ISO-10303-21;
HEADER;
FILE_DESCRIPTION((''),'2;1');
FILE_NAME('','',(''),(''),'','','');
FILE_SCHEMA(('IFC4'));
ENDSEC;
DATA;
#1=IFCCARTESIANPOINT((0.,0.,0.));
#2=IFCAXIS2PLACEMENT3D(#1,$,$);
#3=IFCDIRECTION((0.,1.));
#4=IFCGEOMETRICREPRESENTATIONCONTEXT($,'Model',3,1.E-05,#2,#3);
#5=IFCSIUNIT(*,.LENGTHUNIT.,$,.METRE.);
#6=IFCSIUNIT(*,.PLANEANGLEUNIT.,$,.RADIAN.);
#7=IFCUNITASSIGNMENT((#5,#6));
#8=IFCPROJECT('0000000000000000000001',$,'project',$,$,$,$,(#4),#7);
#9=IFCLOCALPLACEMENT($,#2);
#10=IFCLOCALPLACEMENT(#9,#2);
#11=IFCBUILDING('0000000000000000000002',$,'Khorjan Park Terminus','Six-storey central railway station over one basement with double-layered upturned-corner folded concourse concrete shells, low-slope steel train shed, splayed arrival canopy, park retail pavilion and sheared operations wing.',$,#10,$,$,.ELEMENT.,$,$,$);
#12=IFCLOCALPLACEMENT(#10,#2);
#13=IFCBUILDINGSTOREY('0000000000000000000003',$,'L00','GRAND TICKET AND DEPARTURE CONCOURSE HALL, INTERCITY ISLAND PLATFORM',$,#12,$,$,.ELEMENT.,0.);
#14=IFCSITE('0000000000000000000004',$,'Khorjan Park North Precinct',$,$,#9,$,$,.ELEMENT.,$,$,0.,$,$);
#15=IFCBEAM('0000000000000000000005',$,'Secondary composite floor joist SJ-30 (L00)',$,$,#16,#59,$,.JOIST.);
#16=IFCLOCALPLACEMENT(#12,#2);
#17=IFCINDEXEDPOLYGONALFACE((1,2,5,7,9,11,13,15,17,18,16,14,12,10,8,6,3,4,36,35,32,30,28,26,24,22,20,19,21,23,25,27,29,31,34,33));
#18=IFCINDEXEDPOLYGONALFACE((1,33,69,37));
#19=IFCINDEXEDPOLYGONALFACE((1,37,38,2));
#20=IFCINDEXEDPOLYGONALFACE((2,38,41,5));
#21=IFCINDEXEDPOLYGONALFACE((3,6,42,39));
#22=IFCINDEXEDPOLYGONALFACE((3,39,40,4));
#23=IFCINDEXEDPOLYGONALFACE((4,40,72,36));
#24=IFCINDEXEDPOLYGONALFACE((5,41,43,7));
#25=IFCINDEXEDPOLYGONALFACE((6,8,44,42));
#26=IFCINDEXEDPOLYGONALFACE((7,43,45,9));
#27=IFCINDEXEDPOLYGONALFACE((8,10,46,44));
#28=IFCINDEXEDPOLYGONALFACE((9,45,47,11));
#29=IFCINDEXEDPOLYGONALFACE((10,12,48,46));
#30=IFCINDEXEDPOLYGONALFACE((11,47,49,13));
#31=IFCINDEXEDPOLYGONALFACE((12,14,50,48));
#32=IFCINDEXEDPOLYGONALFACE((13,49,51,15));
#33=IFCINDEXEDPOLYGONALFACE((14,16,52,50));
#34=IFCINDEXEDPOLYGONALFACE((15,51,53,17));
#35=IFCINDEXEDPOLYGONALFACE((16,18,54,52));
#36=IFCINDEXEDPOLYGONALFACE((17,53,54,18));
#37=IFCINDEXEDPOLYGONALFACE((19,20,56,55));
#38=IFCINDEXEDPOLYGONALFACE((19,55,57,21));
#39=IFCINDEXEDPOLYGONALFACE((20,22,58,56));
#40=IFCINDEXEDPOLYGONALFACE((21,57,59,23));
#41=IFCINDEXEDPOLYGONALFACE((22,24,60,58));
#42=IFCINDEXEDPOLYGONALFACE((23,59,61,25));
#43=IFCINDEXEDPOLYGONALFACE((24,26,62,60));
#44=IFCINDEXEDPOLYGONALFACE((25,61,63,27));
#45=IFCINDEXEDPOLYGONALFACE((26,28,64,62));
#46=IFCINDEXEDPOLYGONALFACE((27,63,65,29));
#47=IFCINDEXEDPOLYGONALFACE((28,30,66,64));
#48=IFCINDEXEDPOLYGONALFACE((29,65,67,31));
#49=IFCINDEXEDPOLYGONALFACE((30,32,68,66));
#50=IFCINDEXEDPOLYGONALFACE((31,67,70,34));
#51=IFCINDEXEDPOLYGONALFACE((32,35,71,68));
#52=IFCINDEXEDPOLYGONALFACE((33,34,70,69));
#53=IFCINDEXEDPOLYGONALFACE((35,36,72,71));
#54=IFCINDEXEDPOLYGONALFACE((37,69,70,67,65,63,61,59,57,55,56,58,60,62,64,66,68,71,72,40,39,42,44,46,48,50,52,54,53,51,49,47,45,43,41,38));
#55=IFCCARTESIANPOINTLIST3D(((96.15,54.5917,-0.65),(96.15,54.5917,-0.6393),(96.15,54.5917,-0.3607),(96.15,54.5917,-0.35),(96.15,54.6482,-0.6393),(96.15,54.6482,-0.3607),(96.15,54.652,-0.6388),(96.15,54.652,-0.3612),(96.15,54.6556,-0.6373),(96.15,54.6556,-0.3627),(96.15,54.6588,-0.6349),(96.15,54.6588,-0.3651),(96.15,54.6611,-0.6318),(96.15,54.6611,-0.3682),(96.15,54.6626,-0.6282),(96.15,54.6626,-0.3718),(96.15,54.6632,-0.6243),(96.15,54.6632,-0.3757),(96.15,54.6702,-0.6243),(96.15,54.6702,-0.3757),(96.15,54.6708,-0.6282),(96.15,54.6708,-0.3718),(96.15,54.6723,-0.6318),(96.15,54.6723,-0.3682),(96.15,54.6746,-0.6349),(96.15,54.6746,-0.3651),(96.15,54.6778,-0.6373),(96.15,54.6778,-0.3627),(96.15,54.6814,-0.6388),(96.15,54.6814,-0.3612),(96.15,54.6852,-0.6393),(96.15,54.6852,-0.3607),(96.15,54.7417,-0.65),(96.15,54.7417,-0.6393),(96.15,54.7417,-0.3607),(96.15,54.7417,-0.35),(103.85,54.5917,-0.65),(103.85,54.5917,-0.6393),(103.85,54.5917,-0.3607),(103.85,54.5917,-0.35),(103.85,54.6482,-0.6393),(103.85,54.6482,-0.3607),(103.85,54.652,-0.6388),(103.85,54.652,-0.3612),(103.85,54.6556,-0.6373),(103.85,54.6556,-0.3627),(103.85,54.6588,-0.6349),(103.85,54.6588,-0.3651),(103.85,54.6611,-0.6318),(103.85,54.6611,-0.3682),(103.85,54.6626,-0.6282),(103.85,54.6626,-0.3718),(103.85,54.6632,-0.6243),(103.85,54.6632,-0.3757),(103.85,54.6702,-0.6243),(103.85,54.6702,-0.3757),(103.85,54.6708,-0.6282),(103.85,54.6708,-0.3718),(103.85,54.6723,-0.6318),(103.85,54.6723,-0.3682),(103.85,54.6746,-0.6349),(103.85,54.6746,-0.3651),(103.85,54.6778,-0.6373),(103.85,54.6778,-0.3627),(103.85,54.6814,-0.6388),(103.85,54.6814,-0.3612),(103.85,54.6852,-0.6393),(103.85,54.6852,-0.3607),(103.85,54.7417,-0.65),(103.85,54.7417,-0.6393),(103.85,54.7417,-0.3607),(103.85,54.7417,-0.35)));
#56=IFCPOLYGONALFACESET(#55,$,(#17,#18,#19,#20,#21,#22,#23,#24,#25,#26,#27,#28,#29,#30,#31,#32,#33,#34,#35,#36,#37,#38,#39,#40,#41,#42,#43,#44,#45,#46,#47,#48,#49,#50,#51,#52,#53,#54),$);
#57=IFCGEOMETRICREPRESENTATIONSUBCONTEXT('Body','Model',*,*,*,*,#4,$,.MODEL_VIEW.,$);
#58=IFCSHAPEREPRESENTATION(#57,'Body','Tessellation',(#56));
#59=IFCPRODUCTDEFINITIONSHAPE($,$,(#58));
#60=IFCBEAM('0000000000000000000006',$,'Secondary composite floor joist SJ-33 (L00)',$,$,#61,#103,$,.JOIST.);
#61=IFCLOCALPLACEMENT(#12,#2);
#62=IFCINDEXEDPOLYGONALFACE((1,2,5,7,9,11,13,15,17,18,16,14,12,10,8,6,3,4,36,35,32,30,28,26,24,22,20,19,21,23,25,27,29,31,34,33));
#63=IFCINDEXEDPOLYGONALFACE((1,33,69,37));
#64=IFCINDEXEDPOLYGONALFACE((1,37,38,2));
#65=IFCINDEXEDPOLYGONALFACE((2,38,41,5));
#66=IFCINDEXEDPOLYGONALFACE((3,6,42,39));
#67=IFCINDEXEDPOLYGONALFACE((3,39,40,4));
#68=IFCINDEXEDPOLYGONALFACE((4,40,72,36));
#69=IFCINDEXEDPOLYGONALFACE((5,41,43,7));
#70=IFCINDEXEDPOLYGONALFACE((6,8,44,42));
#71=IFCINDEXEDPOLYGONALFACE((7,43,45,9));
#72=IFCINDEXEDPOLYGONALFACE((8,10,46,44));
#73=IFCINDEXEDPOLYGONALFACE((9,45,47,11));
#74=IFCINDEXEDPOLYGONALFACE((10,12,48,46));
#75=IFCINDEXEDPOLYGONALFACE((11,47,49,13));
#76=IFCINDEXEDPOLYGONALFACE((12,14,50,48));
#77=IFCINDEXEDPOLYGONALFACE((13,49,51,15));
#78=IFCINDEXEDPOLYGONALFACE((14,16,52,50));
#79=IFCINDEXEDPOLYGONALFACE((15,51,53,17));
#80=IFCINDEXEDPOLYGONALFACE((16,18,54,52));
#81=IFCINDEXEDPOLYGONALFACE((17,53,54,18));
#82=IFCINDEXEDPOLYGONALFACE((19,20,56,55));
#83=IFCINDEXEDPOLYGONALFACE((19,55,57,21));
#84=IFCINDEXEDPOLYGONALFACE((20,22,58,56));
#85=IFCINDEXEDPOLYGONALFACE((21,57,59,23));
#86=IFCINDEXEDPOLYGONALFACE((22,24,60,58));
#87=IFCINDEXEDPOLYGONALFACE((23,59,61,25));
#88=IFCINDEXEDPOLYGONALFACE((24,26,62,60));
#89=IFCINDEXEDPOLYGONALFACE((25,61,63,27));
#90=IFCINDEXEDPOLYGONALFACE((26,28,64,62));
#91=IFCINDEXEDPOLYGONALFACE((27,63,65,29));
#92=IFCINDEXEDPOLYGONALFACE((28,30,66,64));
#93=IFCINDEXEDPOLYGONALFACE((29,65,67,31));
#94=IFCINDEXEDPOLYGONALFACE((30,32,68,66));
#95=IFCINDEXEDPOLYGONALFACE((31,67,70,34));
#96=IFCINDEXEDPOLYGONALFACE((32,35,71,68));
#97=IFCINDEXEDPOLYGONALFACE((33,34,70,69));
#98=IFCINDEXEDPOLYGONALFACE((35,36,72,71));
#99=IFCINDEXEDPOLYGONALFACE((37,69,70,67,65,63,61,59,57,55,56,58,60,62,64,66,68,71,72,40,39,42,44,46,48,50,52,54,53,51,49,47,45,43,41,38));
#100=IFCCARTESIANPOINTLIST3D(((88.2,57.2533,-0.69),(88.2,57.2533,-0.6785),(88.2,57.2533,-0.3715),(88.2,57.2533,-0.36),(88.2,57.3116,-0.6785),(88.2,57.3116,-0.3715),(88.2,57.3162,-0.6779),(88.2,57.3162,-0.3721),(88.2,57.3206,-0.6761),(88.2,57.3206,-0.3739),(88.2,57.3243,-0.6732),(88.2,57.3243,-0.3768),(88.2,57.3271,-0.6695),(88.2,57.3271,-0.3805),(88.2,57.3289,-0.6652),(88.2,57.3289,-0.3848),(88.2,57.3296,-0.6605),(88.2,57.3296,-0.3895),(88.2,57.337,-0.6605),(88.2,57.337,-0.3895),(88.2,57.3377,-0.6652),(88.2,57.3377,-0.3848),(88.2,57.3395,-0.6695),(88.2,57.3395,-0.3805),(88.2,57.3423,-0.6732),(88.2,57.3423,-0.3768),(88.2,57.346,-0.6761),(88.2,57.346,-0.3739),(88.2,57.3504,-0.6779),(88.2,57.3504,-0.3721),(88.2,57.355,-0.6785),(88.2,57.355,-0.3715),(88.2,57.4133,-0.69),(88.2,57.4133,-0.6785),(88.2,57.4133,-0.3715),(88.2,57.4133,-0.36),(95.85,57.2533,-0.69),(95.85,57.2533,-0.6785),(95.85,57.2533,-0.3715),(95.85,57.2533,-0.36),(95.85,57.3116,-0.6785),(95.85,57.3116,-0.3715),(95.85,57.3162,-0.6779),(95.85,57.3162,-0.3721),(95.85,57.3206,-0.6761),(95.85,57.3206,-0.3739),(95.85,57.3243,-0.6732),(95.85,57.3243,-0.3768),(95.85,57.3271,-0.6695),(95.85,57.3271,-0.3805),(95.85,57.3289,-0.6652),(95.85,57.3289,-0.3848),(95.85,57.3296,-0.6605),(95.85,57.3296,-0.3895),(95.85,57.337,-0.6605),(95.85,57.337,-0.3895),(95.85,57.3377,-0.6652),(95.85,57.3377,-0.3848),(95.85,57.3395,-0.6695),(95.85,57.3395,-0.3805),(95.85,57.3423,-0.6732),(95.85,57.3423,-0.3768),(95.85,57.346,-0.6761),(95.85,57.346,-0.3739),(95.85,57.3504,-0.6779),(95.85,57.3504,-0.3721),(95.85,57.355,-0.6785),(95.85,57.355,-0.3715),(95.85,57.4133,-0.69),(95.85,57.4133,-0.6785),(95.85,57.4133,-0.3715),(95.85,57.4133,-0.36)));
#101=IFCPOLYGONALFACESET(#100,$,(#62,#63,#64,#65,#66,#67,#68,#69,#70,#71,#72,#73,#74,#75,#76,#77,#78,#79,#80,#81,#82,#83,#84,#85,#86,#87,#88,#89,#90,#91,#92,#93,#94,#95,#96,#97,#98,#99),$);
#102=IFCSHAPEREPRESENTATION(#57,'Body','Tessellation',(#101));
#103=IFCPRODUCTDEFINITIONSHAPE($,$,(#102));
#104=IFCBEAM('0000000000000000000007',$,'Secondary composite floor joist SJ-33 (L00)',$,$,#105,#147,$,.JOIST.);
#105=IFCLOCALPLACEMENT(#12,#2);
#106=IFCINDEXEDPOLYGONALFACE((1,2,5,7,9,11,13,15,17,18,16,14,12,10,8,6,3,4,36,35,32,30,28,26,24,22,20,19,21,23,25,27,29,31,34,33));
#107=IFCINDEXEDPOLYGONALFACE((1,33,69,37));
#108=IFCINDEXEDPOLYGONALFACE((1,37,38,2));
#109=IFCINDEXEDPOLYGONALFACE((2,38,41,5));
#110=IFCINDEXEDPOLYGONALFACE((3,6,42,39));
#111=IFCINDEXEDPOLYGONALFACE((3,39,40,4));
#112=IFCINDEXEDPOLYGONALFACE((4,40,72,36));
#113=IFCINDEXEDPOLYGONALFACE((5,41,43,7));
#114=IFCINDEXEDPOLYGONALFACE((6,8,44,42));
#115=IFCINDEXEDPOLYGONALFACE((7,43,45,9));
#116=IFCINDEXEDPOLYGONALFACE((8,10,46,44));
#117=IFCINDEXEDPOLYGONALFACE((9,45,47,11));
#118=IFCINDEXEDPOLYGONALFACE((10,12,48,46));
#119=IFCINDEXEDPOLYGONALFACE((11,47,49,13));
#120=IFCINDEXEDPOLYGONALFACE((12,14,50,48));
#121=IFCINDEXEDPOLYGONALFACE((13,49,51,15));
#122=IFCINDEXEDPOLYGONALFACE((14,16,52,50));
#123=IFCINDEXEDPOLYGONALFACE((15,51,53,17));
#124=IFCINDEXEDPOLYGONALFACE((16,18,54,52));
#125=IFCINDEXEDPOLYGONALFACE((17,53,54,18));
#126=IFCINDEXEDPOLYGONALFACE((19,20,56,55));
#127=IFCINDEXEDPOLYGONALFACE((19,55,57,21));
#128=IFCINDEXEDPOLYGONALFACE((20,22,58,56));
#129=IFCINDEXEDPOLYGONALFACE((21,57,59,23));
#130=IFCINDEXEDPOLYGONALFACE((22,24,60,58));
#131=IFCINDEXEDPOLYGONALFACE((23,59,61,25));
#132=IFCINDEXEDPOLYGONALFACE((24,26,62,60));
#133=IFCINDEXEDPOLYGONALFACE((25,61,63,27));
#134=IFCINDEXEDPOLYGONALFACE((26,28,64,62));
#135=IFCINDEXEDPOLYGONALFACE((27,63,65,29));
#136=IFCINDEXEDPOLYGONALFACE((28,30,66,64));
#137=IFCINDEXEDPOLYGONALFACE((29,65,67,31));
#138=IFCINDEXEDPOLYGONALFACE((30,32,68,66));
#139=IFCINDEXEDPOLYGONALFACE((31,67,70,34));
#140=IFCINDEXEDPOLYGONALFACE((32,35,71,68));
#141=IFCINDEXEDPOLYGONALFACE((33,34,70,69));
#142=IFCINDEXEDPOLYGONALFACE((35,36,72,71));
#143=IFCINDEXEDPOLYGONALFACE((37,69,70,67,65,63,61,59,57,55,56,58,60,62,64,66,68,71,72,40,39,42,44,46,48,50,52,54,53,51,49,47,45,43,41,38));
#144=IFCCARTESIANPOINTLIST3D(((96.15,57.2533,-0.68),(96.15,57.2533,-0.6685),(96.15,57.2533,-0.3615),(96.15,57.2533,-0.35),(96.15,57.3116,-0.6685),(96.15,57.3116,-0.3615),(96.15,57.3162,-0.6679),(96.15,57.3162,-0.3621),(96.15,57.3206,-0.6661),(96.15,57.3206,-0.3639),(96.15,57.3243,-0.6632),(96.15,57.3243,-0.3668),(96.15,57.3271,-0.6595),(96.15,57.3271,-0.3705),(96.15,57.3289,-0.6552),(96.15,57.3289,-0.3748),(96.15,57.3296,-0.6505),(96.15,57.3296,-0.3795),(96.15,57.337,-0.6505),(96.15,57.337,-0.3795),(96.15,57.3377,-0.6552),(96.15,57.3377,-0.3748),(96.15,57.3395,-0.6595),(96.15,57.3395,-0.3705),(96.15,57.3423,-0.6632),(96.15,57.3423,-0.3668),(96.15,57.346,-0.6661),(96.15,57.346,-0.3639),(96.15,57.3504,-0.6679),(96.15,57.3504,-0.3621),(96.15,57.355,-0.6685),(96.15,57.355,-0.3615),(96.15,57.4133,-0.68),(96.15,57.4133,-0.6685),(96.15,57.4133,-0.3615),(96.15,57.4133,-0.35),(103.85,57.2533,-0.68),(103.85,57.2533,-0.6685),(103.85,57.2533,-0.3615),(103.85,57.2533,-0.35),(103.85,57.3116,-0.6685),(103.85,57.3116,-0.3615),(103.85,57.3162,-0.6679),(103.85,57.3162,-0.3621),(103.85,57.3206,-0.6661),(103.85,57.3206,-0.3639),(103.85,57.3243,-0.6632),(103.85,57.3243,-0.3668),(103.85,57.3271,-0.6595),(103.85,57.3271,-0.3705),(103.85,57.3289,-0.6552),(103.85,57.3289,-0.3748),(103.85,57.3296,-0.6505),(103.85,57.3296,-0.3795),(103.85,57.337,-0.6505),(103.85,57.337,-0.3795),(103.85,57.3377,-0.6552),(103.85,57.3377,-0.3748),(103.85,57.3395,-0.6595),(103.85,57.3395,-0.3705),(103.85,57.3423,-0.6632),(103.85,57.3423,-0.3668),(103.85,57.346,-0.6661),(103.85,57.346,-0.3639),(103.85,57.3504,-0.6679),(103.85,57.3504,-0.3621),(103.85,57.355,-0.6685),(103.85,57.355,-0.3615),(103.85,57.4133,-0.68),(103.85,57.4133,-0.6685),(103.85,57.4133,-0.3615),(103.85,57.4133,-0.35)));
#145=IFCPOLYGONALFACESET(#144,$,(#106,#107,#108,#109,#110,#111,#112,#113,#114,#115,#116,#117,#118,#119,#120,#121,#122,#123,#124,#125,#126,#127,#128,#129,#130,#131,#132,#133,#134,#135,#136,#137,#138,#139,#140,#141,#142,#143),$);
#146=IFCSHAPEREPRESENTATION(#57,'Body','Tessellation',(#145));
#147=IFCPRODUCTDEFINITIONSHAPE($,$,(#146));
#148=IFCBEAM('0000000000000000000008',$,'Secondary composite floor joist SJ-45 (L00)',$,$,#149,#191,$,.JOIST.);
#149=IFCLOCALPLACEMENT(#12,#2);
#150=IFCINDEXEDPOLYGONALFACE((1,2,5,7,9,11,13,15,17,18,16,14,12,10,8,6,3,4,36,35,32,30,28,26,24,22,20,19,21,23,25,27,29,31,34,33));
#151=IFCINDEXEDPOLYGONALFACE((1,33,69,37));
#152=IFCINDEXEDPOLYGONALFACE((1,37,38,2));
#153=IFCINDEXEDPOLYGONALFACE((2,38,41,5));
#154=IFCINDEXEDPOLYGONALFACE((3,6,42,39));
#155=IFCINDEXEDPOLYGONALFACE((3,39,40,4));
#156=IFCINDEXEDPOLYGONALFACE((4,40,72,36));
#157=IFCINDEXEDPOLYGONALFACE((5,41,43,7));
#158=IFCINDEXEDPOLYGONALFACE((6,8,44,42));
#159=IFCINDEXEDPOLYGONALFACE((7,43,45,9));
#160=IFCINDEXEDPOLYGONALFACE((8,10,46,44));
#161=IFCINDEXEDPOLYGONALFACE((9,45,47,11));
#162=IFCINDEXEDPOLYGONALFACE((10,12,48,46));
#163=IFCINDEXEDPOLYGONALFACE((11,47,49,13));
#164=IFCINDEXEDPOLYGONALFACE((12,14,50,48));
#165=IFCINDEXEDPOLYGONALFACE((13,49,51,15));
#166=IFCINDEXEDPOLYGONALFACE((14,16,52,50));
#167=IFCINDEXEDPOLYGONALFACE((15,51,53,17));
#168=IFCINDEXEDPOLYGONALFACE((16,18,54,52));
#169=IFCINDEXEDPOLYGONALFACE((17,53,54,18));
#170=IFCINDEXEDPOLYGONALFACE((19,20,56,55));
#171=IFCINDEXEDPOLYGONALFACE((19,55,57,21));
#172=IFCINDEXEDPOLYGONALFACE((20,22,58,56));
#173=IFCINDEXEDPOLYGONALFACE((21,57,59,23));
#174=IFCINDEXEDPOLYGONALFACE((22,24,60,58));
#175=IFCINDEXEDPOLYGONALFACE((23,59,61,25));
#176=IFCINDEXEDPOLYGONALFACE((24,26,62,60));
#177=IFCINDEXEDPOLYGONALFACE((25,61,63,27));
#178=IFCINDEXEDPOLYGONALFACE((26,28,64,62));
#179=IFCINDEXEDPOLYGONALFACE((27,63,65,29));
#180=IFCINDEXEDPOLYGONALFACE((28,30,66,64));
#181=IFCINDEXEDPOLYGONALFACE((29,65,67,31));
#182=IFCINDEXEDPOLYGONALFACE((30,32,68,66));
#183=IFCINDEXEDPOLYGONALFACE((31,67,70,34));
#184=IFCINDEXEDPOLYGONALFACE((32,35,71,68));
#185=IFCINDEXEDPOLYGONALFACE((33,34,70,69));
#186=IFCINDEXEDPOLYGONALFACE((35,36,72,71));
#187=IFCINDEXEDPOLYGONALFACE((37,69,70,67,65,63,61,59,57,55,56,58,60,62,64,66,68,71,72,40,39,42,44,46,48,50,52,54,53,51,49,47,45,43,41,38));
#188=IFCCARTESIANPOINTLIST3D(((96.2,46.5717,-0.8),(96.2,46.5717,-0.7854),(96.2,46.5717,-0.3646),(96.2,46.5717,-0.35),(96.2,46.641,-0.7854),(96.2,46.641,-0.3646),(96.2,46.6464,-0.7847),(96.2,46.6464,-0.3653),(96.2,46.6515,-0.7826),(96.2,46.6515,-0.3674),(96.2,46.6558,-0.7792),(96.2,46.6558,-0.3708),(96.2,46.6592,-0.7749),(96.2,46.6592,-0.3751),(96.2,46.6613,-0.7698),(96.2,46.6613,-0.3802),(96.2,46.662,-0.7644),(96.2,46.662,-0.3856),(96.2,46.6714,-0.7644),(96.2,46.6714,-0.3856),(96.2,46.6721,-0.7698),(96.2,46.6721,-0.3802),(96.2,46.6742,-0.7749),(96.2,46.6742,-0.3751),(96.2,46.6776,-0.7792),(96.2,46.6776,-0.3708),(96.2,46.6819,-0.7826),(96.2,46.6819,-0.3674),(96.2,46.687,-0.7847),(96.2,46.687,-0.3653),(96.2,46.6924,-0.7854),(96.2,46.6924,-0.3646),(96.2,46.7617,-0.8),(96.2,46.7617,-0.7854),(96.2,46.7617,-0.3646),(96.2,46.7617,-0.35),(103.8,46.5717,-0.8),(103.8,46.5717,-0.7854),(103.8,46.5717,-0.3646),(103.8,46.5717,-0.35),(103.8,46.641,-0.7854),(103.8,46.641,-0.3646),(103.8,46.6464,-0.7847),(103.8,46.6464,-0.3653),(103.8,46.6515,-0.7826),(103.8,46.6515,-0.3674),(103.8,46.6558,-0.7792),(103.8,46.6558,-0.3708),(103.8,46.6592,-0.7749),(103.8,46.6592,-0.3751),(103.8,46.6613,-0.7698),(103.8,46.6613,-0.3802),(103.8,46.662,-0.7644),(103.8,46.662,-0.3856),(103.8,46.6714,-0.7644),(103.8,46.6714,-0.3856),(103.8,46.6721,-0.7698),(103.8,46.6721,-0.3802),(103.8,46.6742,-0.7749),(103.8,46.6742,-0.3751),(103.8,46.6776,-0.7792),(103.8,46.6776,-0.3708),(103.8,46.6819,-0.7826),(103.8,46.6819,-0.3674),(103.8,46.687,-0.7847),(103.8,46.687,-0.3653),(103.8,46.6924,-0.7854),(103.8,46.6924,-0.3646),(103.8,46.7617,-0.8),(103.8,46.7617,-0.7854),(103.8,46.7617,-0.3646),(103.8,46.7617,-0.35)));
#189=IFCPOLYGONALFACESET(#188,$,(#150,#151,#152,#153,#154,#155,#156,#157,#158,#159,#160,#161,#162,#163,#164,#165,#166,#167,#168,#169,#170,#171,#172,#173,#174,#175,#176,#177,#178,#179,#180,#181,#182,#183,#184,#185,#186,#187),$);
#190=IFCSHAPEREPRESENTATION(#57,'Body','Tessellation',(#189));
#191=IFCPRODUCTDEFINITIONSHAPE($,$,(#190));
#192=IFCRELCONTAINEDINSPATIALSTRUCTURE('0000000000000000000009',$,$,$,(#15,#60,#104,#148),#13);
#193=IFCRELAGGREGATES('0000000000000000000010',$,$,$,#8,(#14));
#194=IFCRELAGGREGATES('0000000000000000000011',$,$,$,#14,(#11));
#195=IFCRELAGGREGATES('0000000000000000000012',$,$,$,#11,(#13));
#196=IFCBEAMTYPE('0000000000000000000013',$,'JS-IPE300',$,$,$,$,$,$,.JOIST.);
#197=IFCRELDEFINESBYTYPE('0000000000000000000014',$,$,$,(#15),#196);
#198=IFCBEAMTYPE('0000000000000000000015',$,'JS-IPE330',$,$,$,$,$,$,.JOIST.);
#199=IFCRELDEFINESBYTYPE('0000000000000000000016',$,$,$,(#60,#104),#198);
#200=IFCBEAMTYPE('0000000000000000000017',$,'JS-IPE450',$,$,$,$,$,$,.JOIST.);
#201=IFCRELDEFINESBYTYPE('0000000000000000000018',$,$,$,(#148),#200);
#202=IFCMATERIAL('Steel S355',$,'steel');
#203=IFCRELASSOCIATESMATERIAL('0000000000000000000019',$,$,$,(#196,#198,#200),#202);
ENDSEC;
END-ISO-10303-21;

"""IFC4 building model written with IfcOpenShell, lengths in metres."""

from ifc_helpers import new_model, si_unit, direction, frame, origin, origin_2d, place, context, subcontext, project, spatial, i_section, extrude, material, material_profile, profile_set, type_object, element, save


model = new_model("IFC4")

# Units and contexts
model_context = context("Model", 3, precision=1e-05, world=origin(), true_north=direction((0.0, 1.0)))
body_context = subcontext(model_context, "Body", "Model", "MODEL_VIEW")
ifc_project = project(units=[si_unit("LENGTHUNIT", "METRE"), si_unit("PLANEANGLEUNIT", "RADIAN")], contexts=[model_context])

# Site, building, storey
site_placement = place(None, origin())
site = spatial("IfcSite", under=ifc_project, at=site_placement, Name="Khorjan Park North Precinct", CompositionType="ELEMENT", RefElevation=0.0)
building_placement = place(site_placement, origin())
building = spatial("IfcBuilding", under=site, at=building_placement, Name="Khorjan Park Terminus", Description="Six-storey central railway station over one basement with double-layered upturned-corner folded concourse concrete shells, low-slope steel train shed, splayed arrival canopy, park retail pavilion and sheared operations wing.", CompositionType="ELEMENT")
storey_placement = place(building_placement, origin())
storey = spatial("IfcBuildingStorey", under=building, at=storey_placement, Name="L00", Description="GRAND TICKET AND DEPARTURE CONCOURSE HALL, INTERCITY ISLAND PLATFORM", CompositionType="ELEMENT", Elevation=0.0)

# Beams
ifc_material_1 = material(Name="Steel S355", Category="steel")
ifc_material_profile_1 = material_profile(ifc_material_1, i_section(OverallWidth=0.15, OverallDepth=0.3, WebThickness=0.0071, FlangeThickness=0.0107, FilletRadius=0.015, at=origin_2d()), Name="IPE 300")
ifc_profile_set_1 = profile_set([ifc_material_profile_1], Name="Steel S355")
beam_type_1 = type_object("IfcBeamType", Name="JS-IPE300", PredefinedType="JOIST", material=ifc_profile_set_1)
beam_1_placement = place(storey_placement, frame((96.15, 54.6667, -0.5), z_axis=(1.0, 0.0, 0.0), x_axis=(0.0, 1.0, 0.0)))
element("IfcBeam", 1, at=beam_1_placement, inside=storey, type_object=beam_type_1, Name="Secondary composite floor joist SJ-30 (L00)", PredefinedType="JOIST", context=body_context, shape_type="SweptSolid", body=[
    extrude(i_section(OverallWidth=0.15, OverallDepth=0.3, WebThickness=0.0071, FlangeThickness=0.0107, FilletRadius=0.015, at=origin_2d()), origin(), (0.0, 0.0, 1.0), 7.7),
])
ifc_material_profile_2 = material_profile(ifc_material_1, i_section(OverallWidth=0.16, OverallDepth=0.33, WebThickness=0.0075, FlangeThickness=0.0115, FilletRadius=0.018, at=origin_2d()), Name="IPE 330")
ifc_profile_set_2 = profile_set([ifc_material_profile_2], Name="Steel S355")
beam_type_2 = type_object("IfcBeamType", Name="JS-IPE330", PredefinedType="JOIST", material=ifc_profile_set_2)
beam_2_placement = place(storey_placement, frame((88.2, 57.3333, -0.525), z_axis=(1.0, 0.0, 0.0), x_axis=(0.0, 1.0, 0.0)))
element("IfcBeam", 2, at=beam_2_placement, inside=storey, type_object=beam_type_2, Name="Secondary composite floor joist SJ-33 (L00)", PredefinedType="JOIST", context=body_context, shape_type="SweptSolid", body=[
    extrude(i_section(OverallWidth=0.16, OverallDepth=0.33, WebThickness=0.0075, FlangeThickness=0.0115, FilletRadius=0.018, at=origin_2d()), origin(), (0.0, 0.0, 1.0), 7.65),
])
beam_3_placement = place(storey_placement, frame((96.15, 57.3333, -0.515), z_axis=(1.0, 0.0, 0.0), x_axis=(0.0, 1.0, 0.0)))
element("IfcBeam", 3, at=beam_3_placement, inside=storey, type_object=beam_type_2, Name="Secondary composite floor joist SJ-33 (L00)", PredefinedType="JOIST", context=body_context, shape_type="SweptSolid", body=[
    extrude(i_section(OverallWidth=0.16, OverallDepth=0.33, WebThickness=0.0075, FlangeThickness=0.0115, FilletRadius=0.018, at=origin_2d()), origin(), (0.0, 0.0, 1.0), 7.7),
])
ifc_material_profile_3 = material_profile(ifc_material_1, i_section(OverallWidth=0.19, OverallDepth=0.45, WebThickness=0.0094, FlangeThickness=0.0146, FilletRadius=0.021, at=origin_2d()), Name="IPE 450")
ifc_profile_set_3 = profile_set([ifc_material_profile_3], Name="Steel S355")
beam_type_3 = type_object("IfcBeamType", Name="JS-IPE450", PredefinedType="JOIST", material=ifc_profile_set_3)
beam_4_placement = place(storey_placement, frame((96.2, 46.6667, -0.575), z_axis=(1.0, 0.0, 0.0), x_axis=(0.0, 1.0, 0.0)))
element("IfcBeam", 4, at=beam_4_placement, inside=storey, type_object=beam_type_3, Name="Secondary composite floor joist SJ-45 (L00)", PredefinedType="JOIST", context=body_context, shape_type="SweptSolid", body=[
    extrude(i_section(OverallWidth=0.19, OverallDepth=0.45, WebThickness=0.0094, FlangeThickness=0.0146, FilletRadius=0.021, at=origin_2d()), origin(), (0.0, 0.0, 1.0), 7.6),
])

save(model, "model.ifc")
